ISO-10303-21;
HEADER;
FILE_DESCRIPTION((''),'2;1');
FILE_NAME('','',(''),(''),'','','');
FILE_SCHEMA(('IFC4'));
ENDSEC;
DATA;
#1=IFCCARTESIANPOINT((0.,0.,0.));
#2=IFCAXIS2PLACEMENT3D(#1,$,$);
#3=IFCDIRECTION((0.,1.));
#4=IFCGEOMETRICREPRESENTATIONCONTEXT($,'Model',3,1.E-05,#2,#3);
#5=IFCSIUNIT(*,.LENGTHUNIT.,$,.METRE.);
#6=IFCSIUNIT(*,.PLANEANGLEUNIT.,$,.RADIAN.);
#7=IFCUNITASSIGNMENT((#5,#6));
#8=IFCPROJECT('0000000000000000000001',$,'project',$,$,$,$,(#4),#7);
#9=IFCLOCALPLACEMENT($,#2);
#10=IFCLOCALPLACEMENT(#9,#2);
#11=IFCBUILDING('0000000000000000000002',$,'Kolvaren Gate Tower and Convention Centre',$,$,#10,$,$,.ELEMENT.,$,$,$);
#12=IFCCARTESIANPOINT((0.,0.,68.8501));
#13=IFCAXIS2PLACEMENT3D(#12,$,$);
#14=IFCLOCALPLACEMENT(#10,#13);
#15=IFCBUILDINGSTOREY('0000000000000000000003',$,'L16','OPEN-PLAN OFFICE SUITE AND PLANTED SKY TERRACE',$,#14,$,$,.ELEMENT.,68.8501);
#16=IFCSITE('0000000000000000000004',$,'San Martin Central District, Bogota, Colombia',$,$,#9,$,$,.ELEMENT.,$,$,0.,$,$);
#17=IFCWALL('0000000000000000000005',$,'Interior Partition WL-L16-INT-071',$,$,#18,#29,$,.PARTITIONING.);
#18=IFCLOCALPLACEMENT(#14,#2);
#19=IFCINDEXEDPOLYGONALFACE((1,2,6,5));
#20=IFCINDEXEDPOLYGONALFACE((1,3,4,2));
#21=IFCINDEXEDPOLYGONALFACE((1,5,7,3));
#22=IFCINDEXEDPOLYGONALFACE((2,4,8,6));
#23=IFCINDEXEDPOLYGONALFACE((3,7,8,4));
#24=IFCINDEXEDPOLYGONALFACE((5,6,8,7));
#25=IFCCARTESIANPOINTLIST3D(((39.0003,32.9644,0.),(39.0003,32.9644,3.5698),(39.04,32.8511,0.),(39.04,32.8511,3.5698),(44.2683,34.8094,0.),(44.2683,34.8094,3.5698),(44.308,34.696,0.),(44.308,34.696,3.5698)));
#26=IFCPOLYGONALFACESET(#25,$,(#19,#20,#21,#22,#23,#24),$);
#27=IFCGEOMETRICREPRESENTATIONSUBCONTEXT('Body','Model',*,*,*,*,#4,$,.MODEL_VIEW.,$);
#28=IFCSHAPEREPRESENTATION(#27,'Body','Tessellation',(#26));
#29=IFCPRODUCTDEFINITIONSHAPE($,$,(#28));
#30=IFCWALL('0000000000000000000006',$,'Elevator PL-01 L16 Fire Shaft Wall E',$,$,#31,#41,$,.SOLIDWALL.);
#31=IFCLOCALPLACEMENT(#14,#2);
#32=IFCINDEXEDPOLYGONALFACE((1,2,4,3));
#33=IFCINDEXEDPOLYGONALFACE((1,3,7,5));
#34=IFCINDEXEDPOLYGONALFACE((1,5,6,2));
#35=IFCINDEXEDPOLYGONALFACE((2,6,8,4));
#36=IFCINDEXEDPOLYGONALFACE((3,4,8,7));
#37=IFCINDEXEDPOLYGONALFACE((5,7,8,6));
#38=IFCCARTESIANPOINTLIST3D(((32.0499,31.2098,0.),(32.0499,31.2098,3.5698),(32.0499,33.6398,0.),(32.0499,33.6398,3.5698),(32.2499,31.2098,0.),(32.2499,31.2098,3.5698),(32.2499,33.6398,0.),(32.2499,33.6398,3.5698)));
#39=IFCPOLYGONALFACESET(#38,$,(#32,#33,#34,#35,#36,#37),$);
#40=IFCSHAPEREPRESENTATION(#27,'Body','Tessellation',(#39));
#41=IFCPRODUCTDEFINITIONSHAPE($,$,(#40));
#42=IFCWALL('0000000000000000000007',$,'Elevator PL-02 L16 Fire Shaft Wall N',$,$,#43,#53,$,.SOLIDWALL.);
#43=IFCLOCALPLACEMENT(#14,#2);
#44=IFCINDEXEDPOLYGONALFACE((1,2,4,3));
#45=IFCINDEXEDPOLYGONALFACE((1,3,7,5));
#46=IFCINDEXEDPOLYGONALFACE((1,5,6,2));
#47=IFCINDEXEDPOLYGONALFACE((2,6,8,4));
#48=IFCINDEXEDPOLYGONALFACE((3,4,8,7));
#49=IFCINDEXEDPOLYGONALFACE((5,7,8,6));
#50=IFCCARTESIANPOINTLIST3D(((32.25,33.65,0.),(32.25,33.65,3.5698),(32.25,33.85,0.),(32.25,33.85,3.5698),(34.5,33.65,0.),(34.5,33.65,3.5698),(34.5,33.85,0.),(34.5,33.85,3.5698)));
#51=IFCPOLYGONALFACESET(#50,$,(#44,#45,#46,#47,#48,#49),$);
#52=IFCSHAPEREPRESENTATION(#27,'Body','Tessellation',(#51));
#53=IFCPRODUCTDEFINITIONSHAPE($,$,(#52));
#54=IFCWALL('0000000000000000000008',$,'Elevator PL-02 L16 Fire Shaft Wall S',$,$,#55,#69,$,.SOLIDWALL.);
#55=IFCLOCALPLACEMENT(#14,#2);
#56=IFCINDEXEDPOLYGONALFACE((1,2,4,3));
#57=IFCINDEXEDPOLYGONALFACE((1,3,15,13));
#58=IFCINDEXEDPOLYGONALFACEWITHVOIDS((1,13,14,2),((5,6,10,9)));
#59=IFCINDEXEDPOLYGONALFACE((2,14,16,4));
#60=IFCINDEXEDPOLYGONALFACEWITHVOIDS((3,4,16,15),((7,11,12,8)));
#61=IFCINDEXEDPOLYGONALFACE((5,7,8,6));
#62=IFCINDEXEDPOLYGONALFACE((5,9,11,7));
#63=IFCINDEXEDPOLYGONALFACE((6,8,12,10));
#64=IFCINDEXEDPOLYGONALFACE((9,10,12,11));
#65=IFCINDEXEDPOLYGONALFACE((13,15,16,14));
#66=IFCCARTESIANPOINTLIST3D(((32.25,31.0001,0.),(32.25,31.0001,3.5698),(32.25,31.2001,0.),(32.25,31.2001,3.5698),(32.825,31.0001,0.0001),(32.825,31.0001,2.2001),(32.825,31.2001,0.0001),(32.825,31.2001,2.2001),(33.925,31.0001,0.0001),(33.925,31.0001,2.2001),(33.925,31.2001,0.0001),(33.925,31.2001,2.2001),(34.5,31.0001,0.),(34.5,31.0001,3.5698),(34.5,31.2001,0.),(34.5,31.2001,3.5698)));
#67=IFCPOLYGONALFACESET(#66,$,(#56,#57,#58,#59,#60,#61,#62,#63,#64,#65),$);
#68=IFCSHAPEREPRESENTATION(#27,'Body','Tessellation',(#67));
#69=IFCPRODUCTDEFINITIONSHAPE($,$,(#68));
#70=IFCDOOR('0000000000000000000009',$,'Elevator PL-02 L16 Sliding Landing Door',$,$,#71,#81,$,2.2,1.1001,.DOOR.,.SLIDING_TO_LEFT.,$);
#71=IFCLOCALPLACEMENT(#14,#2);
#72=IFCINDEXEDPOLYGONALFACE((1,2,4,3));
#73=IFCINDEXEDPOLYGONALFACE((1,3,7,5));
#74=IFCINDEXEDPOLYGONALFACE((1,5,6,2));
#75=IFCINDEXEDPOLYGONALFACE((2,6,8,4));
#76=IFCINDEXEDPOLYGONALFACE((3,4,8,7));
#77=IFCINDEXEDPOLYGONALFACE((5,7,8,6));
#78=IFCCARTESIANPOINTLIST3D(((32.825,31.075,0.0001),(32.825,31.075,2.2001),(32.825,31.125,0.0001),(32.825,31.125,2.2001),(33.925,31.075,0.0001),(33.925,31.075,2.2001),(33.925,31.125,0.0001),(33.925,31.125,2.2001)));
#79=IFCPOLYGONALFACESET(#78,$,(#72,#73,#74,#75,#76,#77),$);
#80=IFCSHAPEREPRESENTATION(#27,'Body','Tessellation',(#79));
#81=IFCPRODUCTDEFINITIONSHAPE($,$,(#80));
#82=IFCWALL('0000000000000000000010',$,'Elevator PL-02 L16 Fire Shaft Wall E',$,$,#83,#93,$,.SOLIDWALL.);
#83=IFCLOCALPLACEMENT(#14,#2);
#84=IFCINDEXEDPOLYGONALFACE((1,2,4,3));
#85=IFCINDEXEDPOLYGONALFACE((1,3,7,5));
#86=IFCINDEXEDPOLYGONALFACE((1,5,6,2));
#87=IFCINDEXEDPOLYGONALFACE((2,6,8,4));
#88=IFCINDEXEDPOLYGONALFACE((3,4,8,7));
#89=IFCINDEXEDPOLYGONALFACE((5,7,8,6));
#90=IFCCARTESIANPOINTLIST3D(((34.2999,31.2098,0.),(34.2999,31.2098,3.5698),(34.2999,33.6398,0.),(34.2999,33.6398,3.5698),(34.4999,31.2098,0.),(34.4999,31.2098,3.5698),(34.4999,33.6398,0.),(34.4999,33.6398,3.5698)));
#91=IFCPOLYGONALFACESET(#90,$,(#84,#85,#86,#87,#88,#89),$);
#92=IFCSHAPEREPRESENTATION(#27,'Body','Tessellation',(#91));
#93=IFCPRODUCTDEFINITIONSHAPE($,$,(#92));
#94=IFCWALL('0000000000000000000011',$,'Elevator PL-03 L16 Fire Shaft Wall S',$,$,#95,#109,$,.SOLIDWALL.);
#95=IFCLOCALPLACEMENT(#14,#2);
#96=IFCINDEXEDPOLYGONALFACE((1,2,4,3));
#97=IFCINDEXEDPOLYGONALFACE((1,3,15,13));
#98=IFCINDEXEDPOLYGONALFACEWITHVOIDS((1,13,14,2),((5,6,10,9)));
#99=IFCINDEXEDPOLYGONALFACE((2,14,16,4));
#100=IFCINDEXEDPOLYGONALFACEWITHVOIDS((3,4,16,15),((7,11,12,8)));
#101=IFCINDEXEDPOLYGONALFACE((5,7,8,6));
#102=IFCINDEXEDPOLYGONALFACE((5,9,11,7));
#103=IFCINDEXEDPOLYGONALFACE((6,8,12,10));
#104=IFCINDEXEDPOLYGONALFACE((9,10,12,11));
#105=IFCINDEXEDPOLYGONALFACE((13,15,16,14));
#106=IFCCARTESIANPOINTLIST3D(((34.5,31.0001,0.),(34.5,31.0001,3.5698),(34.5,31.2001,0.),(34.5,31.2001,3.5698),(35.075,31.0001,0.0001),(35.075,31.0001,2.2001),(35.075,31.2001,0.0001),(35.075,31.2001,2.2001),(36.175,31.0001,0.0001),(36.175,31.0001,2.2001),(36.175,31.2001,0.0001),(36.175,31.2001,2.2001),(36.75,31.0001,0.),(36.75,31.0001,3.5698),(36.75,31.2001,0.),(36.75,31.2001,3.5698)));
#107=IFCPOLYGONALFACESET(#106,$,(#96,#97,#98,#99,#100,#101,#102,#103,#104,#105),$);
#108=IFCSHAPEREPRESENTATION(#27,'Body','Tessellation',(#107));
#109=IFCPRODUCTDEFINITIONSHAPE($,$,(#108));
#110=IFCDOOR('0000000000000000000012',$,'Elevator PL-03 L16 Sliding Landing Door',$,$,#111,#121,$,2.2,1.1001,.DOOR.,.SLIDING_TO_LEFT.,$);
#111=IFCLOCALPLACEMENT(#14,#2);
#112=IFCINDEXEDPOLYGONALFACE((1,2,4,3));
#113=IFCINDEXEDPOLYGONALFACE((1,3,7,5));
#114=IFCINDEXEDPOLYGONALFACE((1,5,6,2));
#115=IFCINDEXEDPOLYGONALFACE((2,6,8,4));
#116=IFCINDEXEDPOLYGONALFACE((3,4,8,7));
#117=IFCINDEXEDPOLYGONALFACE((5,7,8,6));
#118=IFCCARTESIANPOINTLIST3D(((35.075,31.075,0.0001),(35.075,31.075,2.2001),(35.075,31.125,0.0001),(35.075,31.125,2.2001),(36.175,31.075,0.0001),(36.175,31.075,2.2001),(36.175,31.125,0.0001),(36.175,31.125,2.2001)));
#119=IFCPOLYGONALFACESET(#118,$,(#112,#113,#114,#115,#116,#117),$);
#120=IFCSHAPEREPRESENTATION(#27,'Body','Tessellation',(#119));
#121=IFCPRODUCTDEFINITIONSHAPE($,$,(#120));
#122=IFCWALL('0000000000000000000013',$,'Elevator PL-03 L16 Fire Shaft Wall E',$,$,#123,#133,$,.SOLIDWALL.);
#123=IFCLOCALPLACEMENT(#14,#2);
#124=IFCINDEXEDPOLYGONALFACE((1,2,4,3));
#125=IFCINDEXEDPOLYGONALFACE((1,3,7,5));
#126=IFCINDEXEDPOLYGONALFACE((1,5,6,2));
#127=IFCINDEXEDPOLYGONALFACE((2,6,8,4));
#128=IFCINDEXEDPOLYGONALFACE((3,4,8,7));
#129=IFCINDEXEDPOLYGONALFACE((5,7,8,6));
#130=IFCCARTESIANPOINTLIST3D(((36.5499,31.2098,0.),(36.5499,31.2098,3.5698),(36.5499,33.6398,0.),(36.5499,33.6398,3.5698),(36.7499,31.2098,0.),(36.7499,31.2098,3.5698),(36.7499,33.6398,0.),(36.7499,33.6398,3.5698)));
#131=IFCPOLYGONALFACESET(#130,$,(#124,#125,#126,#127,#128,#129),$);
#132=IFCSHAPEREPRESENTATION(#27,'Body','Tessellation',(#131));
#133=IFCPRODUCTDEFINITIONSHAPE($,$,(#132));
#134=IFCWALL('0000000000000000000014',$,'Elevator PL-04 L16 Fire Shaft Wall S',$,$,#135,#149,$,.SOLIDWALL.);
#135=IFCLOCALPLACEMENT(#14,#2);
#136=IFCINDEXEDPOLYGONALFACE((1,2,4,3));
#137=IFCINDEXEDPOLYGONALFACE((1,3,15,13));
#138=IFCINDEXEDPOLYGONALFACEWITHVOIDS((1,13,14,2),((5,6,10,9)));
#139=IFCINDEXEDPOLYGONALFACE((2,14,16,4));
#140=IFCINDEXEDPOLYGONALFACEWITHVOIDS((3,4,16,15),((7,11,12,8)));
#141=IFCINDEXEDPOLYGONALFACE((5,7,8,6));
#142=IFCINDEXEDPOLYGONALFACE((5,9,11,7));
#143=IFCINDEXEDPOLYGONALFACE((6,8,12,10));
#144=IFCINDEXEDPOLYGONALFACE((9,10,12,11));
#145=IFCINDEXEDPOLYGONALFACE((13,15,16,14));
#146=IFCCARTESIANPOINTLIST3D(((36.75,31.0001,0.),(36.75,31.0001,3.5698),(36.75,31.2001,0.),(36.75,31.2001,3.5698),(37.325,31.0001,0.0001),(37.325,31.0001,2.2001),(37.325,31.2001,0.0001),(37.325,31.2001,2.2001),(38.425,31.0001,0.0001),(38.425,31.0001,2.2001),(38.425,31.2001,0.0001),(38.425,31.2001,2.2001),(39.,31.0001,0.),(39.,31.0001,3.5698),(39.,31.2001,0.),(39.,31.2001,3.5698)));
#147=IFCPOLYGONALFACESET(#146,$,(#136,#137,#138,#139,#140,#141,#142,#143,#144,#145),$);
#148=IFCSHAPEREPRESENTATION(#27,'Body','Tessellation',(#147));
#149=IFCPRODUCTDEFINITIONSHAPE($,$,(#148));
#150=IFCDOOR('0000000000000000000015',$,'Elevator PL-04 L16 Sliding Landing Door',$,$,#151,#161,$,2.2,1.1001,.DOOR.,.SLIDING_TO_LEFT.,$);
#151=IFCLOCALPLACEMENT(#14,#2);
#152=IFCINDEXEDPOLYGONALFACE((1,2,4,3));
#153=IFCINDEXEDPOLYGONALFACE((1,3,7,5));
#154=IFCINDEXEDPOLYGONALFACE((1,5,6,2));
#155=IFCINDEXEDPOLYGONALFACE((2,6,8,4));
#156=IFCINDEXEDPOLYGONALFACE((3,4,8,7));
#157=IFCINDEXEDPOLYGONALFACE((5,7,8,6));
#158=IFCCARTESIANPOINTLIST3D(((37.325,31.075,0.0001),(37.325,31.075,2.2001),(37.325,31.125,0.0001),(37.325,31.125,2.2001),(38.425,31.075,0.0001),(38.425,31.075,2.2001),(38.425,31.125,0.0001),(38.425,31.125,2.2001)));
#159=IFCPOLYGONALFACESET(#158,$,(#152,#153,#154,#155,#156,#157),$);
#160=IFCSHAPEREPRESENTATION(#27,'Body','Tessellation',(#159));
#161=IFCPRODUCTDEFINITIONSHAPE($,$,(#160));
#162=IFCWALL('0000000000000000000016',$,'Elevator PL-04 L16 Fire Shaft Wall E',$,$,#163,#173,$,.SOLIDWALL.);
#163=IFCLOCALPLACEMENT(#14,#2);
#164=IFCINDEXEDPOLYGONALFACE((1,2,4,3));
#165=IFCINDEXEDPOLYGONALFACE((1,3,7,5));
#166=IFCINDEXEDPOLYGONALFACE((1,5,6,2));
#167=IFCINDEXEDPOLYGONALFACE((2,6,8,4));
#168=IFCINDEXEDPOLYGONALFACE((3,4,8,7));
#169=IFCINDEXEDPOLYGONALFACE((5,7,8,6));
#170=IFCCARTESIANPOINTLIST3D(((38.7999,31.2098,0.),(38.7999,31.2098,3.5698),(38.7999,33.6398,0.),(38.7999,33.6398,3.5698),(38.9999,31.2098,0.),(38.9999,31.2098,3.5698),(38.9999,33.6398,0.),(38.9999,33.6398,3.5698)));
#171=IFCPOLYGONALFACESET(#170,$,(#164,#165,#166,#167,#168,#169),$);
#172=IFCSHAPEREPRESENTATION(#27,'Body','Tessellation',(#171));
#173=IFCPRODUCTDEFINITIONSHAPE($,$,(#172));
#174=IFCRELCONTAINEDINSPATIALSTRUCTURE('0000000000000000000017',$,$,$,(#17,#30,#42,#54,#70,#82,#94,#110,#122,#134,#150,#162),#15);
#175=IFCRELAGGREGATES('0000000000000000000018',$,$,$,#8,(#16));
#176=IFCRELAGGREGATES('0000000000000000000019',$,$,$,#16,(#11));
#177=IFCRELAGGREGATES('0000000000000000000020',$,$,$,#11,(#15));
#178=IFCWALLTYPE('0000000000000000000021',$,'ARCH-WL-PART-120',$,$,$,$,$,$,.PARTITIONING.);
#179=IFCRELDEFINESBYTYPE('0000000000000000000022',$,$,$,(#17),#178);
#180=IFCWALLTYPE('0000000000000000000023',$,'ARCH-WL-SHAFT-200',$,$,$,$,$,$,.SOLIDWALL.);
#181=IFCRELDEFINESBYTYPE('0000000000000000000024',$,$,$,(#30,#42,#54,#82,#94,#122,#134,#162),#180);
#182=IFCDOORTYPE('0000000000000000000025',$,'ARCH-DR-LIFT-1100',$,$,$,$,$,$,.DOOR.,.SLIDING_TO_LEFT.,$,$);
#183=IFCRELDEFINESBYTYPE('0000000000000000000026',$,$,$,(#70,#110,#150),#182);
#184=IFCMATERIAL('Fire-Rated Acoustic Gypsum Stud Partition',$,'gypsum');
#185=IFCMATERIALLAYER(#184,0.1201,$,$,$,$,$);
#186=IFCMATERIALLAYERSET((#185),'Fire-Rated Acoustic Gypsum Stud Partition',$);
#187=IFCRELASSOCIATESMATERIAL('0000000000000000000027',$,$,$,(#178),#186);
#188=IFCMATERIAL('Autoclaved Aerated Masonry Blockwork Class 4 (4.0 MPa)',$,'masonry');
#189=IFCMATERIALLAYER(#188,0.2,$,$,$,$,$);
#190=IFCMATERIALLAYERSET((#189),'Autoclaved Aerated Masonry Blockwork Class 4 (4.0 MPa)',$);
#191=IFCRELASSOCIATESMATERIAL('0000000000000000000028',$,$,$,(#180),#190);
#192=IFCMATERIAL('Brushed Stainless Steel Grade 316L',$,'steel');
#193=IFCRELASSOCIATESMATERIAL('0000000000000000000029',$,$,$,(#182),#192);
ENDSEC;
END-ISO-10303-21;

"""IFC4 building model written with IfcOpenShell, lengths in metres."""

from ifc_helpers import new_model, si_unit, direction, frame, frame_2d, origin, place, context, subcontext, project, spatial, rectangle, extrude, material, layer, layer_set, type_object, element, fill, save


model = new_model("IFC4")

# Units and contexts
model_context = context("Model", 3, precision=1e-05, world=origin(), true_north=direction((0.0, 1.0)))
body_context = subcontext(model_context, "Body", "Model", "MODEL_VIEW")
ifc_project = project(units=[si_unit("LENGTHUNIT", "METRE"), si_unit("PLANEANGLEUNIT", "RADIAN")], contexts=[model_context])

# Site, building, storey
site_placement = place(None, origin())
site = spatial("IfcSite", under=ifc_project, at=site_placement, Name="San Martin Central District, Bogota, Colombia", CompositionType="ELEMENT", RefElevation=0.0)
building_placement = place(site_placement, origin())
building = spatial("IfcBuilding", under=site, at=building_placement, Name="Kolvaren Gate Tower and Convention Centre", CompositionType="ELEMENT")
storey_placement = place(building_placement, frame((0.0, 0.0, 68.8501)))
storey = spatial("IfcBuildingStorey", under=building, at=storey_placement, Name="L16", Description="OPEN-PLAN OFFICE SUITE AND PLANTED SKY TERRACE", CompositionType="ELEMENT", Elevation=68.8501)

# Walls
ifc_material_1 = material(Name="Fire-Rated Acoustic Gypsum Stud Partition", Category="gypsum")
ifc_layer_1 = layer(ifc_material_1, 0.1201)
ifc_layer_set_1 = layer_set([ifc_layer_1], Name="Fire-Rated Acoustic Gypsum Stud Partition")
wall_type_1 = type_object("IfcWallType", Name="ARCH-WL-PART-120", PredefinedType="PARTITIONING", material=ifc_layer_set_1)
wall_1_placement = place(storey_placement, frame((39.02, 32.9077, 0.0), z_axis=(0.0, 0.0, 1.0), x_axis=(0.943794, 0.330534, 0.0)))
element("IfcWall", 1, at=wall_1_placement, inside=storey, type_object=wall_type_1, Name="Interior Partition WL-L16-INT-071", PredefinedType="PARTITIONING", context=body_context, shape_type="SweptSolid", body=[
    extrude(rectangle(XDim=5.5818, YDim=0.1201, at=frame_2d((2.791, 0.0))), origin(), (0.0, 0.0, 1.0), 3.5698),
])
ifc_material_2 = material(Name="Autoclaved Aerated Masonry Blockwork Class 4 (4.0 MPa)", Category="masonry")
ifc_layer_2 = layer(ifc_material_2, 0.2)
ifc_layer_set_2 = layer_set([ifc_layer_2], Name="Autoclaved Aerated Masonry Blockwork Class 4 (4.0 MPa)")
wall_type_2 = type_object("IfcWallType", Name="ARCH-WL-SHAFT-200", PredefinedType="SOLIDWALL", material=ifc_layer_set_2)
wall_2_placement = place(storey_placement, frame((32.1499, 31.21, 0.0), z_axis=(0.0, 0.0, 1.0), x_axis=(0.0, 1.0, 0.0)))
element("IfcWall", 2, at=wall_2_placement, inside=storey, type_object=wall_type_2, Name="Elevator PL-01 L16 Fire Shaft Wall E", PredefinedType="SOLIDWALL", context=body_context, shape_type="SweptSolid", body=[
    extrude(rectangle(XDim=2.4299, YDim=0.2, at=frame_2d((1.2148, 0.0))), origin(), (0.0, 0.0, 1.0), 3.5698),
])
wall_3_placement = place(storey_placement, frame((32.25, 33.75, 0.0), z_axis=(0.0, 0.0, 1.0), x_axis=(1.0, 0.0, 0.0)))
element("IfcWall", 3, at=wall_3_placement, inside=storey, type_object=wall_type_2, Name="Elevator PL-02 L16 Fire Shaft Wall N", PredefinedType="SOLIDWALL", context=body_context, shape_type="SweptSolid", body=[
    extrude(rectangle(XDim=2.25, YDim=0.2, at=frame_2d((1.125, 0.0))), origin(), (0.0, 0.0, 1.0), 3.5698),
])

# Wall, opening, door
wall_4_placement = place(storey_placement, frame((32.25, 31.1001, 0.0), z_axis=(0.0, 0.0, 1.0), x_axis=(1.0, 0.0, 0.0)))
wall_4 = element("IfcWall", 4, at=wall_4_placement, inside=storey, type_object=wall_type_2, Name="Elevator PL-02 L16 Fire Shaft Wall S", PredefinedType="SOLIDWALL", context=body_context, shape_type="SweptSolid", body=[
    extrude(rectangle(XDim=2.25, YDim=0.2, at=frame_2d((1.125, 0.0))), origin(), (0.0, 0.0, 1.0), 3.5698),
])
opening_1_placement = place(wall_4_placement, frame((0.575, 0.0, 0.0)))
opening_1 = element("IfcOpeningElement", 5, at=opening_1_placement, cuts=wall_4, PredefinedType="OPENING", context=body_context, shape_type="SweptSolid", body=[
    extrude(rectangle(XDim=1.1001, YDim=2.2, at=frame_2d((0.55, 1.1001))), frame((0.0, 0.1099, 0.0), z_axis=(0.0, -1.0, 0.0), x_axis=(1.0, 0.0, 0.0)), (0.0, 0.0, 1.0), 0.22),
])
ifc_material_3 = material(Name="Brushed Stainless Steel Grade 316L", Category="steel")
door_type_1 = type_object("IfcDoorType", Name="ARCH-DR-LIFT-1100", OperationType="SLIDING_TO_LEFT", PredefinedType="DOOR", material=ifc_material_3)
door_1_placement = place(opening_1_placement, origin())
door_1 = element("IfcDoor", 6, at=door_1_placement, inside=storey, type_object=door_type_1, Name="Elevator PL-02 L16 Sliding Landing Door", OperationType="SLIDING_TO_LEFT", OverallHeight=2.2, OverallWidth=1.1001, PredefinedType="DOOR", context=body_context, shape_type="SweptSolid", body=[
    extrude(rectangle(XDim=1.1001, YDim=2.2, at=frame_2d((0.55, 1.1001))), frame((0.0, 0.0249, 0.0), z_axis=(0.0, -1.0, 0.0), x_axis=(1.0, 0.0, 0.0)), (0.0, 0.0, 1.0), 0.05),
])
fill(opening_1, door_1)

# Wall
wall_5_placement = place(storey_placement, frame((34.3999, 31.21, 0.0), z_axis=(0.0, 0.0, 1.0), x_axis=(0.0, 1.0, 0.0)))
element("IfcWall", 7, at=wall_5_placement, inside=storey, type_object=wall_type_2, Name="Elevator PL-02 L16 Fire Shaft Wall E", PredefinedType="SOLIDWALL", context=body_context, shape_type="SweptSolid", body=[
    extrude(rectangle(XDim=2.4299, YDim=0.2, at=frame_2d((1.2148, 0.0))), origin(), (0.0, 0.0, 1.0), 3.5698),
])

# Wall, opening, door
wall_6_placement = place(storey_placement, frame((34.5, 31.1001, 0.0), z_axis=(0.0, 0.0, 1.0), x_axis=(1.0, 0.0, 0.0)))
wall_6 = element("IfcWall", 8, at=wall_6_placement, inside=storey, type_object=wall_type_2, Name="Elevator PL-03 L16 Fire Shaft Wall S", PredefinedType="SOLIDWALL", context=body_context, shape_type="SweptSolid", body=[
    extrude(rectangle(XDim=2.25, YDim=0.2, at=frame_2d((1.125, 0.0))), origin(), (0.0, 0.0, 1.0), 3.5698),
])
opening_2_placement = place(wall_6_placement, frame((0.575, 0.0, 0.0)))
opening_2 = element("IfcOpeningElement", 9, at=opening_2_placement, cuts=wall_6, PredefinedType="OPENING", context=body_context, shape_type="SweptSolid", body=[
    extrude(rectangle(XDim=1.1001, YDim=2.2, at=frame_2d((0.55, 1.1001))), frame((0.0, 0.1099, 0.0), z_axis=(0.0, -1.0, 0.0), x_axis=(1.0, 0.0, 0.0)), (0.0, 0.0, 1.0), 0.22),
])
door_2_placement = place(opening_2_placement, origin())
door_2 = element("IfcDoor", 10, at=door_2_placement, inside=storey, type_object=door_type_1, Name="Elevator PL-03 L16 Sliding Landing Door", OperationType="SLIDING_TO_LEFT", OverallHeight=2.2, OverallWidth=1.1001, PredefinedType="DOOR", context=body_context, shape_type="SweptSolid", body=[
    extrude(rectangle(XDim=1.1001, YDim=2.2, at=frame_2d((0.55, 1.1001))), frame((0.0, 0.0249, 0.0), z_axis=(0.0, -1.0, 0.0), x_axis=(1.0, 0.0, 0.0)), (0.0, 0.0, 1.0), 0.05),
])
fill(opening_2, door_2)

# Wall
wall_7_placement = place(storey_placement, frame((36.6499, 31.21, 0.0), z_axis=(0.0, 0.0, 1.0), x_axis=(0.0, 1.0, 0.0)))
element("IfcWall", 11, at=wall_7_placement, inside=storey, type_object=wall_type_2, Name="Elevator PL-03 L16 Fire Shaft Wall E", PredefinedType="SOLIDWALL", context=body_context, shape_type="SweptSolid", body=[
    extrude(rectangle(XDim=2.4299, YDim=0.2, at=frame_2d((1.2148, 0.0))), origin(), (0.0, 0.0, 1.0), 3.5698),
])

# Wall, opening, door
wall_8_placement = place(storey_placement, frame((36.75, 31.1001, 0.0), z_axis=(0.0, 0.0, 1.0), x_axis=(1.0, 0.0, 0.0)))
wall_8 = element("IfcWall", 12, at=wall_8_placement, inside=storey, type_object=wall_type_2, Name="Elevator PL-04 L16 Fire Shaft Wall S", PredefinedType="SOLIDWALL", context=body_context, shape_type="SweptSolid", body=[
    extrude(rectangle(XDim=2.25, YDim=0.2, at=frame_2d((1.125, 0.0))), origin(), (0.0, 0.0, 1.0), 3.5698),
])
opening_3_placement = place(wall_8_placement, frame((0.575, 0.0, 0.0)))
opening_3 = element("IfcOpeningElement", 13, at=opening_3_placement, cuts=wall_8, PredefinedType="OPENING", context=body_context, shape_type="SweptSolid", body=[
    extrude(rectangle(XDim=1.1001, YDim=2.2, at=frame_2d((0.55, 1.1001))), frame((0.0, 0.1099, 0.0), z_axis=(0.0, -1.0, 0.0), x_axis=(1.0, 0.0, 0.0)), (0.0, 0.0, 1.0), 0.22),
])
door_3_placement = place(opening_3_placement, origin())
door_3 = element("IfcDoor", 14, at=door_3_placement, inside=storey, type_object=door_type_1, Name="Elevator PL-04 L16 Sliding Landing Door", OperationType="SLIDING_TO_LEFT", OverallHeight=2.2, OverallWidth=1.1001, PredefinedType="DOOR", context=body_context, shape_type="SweptSolid", body=[
    extrude(rectangle(XDim=1.1001, YDim=2.2, at=frame_2d((0.55, 1.1001))), frame((0.0, 0.0249, 0.0), z_axis=(0.0, -1.0, 0.0), x_axis=(1.0, 0.0, 0.0)), (0.0, 0.0, 1.0), 0.05),
])
fill(opening_3, door_3)

# Wall
wall_9_placement = place(storey_placement, frame((38.8999, 31.21, 0.0), z_axis=(0.0, 0.0, 1.0), x_axis=(0.0, 1.0, 0.0)))
element("IfcWall", 15, at=wall_9_placement, inside=storey, type_object=wall_type_2, Name="Elevator PL-04 L16 Fire Shaft Wall E", PredefinedType="SOLIDWALL", context=body_context, shape_type="SweptSolid", body=[
    extrude(rectangle(XDim=2.4299, YDim=0.2, at=frame_2d((1.2148, 0.0))), origin(), (0.0, 0.0, 1.0), 3.5698),
])

save(model, "model.ifc")
